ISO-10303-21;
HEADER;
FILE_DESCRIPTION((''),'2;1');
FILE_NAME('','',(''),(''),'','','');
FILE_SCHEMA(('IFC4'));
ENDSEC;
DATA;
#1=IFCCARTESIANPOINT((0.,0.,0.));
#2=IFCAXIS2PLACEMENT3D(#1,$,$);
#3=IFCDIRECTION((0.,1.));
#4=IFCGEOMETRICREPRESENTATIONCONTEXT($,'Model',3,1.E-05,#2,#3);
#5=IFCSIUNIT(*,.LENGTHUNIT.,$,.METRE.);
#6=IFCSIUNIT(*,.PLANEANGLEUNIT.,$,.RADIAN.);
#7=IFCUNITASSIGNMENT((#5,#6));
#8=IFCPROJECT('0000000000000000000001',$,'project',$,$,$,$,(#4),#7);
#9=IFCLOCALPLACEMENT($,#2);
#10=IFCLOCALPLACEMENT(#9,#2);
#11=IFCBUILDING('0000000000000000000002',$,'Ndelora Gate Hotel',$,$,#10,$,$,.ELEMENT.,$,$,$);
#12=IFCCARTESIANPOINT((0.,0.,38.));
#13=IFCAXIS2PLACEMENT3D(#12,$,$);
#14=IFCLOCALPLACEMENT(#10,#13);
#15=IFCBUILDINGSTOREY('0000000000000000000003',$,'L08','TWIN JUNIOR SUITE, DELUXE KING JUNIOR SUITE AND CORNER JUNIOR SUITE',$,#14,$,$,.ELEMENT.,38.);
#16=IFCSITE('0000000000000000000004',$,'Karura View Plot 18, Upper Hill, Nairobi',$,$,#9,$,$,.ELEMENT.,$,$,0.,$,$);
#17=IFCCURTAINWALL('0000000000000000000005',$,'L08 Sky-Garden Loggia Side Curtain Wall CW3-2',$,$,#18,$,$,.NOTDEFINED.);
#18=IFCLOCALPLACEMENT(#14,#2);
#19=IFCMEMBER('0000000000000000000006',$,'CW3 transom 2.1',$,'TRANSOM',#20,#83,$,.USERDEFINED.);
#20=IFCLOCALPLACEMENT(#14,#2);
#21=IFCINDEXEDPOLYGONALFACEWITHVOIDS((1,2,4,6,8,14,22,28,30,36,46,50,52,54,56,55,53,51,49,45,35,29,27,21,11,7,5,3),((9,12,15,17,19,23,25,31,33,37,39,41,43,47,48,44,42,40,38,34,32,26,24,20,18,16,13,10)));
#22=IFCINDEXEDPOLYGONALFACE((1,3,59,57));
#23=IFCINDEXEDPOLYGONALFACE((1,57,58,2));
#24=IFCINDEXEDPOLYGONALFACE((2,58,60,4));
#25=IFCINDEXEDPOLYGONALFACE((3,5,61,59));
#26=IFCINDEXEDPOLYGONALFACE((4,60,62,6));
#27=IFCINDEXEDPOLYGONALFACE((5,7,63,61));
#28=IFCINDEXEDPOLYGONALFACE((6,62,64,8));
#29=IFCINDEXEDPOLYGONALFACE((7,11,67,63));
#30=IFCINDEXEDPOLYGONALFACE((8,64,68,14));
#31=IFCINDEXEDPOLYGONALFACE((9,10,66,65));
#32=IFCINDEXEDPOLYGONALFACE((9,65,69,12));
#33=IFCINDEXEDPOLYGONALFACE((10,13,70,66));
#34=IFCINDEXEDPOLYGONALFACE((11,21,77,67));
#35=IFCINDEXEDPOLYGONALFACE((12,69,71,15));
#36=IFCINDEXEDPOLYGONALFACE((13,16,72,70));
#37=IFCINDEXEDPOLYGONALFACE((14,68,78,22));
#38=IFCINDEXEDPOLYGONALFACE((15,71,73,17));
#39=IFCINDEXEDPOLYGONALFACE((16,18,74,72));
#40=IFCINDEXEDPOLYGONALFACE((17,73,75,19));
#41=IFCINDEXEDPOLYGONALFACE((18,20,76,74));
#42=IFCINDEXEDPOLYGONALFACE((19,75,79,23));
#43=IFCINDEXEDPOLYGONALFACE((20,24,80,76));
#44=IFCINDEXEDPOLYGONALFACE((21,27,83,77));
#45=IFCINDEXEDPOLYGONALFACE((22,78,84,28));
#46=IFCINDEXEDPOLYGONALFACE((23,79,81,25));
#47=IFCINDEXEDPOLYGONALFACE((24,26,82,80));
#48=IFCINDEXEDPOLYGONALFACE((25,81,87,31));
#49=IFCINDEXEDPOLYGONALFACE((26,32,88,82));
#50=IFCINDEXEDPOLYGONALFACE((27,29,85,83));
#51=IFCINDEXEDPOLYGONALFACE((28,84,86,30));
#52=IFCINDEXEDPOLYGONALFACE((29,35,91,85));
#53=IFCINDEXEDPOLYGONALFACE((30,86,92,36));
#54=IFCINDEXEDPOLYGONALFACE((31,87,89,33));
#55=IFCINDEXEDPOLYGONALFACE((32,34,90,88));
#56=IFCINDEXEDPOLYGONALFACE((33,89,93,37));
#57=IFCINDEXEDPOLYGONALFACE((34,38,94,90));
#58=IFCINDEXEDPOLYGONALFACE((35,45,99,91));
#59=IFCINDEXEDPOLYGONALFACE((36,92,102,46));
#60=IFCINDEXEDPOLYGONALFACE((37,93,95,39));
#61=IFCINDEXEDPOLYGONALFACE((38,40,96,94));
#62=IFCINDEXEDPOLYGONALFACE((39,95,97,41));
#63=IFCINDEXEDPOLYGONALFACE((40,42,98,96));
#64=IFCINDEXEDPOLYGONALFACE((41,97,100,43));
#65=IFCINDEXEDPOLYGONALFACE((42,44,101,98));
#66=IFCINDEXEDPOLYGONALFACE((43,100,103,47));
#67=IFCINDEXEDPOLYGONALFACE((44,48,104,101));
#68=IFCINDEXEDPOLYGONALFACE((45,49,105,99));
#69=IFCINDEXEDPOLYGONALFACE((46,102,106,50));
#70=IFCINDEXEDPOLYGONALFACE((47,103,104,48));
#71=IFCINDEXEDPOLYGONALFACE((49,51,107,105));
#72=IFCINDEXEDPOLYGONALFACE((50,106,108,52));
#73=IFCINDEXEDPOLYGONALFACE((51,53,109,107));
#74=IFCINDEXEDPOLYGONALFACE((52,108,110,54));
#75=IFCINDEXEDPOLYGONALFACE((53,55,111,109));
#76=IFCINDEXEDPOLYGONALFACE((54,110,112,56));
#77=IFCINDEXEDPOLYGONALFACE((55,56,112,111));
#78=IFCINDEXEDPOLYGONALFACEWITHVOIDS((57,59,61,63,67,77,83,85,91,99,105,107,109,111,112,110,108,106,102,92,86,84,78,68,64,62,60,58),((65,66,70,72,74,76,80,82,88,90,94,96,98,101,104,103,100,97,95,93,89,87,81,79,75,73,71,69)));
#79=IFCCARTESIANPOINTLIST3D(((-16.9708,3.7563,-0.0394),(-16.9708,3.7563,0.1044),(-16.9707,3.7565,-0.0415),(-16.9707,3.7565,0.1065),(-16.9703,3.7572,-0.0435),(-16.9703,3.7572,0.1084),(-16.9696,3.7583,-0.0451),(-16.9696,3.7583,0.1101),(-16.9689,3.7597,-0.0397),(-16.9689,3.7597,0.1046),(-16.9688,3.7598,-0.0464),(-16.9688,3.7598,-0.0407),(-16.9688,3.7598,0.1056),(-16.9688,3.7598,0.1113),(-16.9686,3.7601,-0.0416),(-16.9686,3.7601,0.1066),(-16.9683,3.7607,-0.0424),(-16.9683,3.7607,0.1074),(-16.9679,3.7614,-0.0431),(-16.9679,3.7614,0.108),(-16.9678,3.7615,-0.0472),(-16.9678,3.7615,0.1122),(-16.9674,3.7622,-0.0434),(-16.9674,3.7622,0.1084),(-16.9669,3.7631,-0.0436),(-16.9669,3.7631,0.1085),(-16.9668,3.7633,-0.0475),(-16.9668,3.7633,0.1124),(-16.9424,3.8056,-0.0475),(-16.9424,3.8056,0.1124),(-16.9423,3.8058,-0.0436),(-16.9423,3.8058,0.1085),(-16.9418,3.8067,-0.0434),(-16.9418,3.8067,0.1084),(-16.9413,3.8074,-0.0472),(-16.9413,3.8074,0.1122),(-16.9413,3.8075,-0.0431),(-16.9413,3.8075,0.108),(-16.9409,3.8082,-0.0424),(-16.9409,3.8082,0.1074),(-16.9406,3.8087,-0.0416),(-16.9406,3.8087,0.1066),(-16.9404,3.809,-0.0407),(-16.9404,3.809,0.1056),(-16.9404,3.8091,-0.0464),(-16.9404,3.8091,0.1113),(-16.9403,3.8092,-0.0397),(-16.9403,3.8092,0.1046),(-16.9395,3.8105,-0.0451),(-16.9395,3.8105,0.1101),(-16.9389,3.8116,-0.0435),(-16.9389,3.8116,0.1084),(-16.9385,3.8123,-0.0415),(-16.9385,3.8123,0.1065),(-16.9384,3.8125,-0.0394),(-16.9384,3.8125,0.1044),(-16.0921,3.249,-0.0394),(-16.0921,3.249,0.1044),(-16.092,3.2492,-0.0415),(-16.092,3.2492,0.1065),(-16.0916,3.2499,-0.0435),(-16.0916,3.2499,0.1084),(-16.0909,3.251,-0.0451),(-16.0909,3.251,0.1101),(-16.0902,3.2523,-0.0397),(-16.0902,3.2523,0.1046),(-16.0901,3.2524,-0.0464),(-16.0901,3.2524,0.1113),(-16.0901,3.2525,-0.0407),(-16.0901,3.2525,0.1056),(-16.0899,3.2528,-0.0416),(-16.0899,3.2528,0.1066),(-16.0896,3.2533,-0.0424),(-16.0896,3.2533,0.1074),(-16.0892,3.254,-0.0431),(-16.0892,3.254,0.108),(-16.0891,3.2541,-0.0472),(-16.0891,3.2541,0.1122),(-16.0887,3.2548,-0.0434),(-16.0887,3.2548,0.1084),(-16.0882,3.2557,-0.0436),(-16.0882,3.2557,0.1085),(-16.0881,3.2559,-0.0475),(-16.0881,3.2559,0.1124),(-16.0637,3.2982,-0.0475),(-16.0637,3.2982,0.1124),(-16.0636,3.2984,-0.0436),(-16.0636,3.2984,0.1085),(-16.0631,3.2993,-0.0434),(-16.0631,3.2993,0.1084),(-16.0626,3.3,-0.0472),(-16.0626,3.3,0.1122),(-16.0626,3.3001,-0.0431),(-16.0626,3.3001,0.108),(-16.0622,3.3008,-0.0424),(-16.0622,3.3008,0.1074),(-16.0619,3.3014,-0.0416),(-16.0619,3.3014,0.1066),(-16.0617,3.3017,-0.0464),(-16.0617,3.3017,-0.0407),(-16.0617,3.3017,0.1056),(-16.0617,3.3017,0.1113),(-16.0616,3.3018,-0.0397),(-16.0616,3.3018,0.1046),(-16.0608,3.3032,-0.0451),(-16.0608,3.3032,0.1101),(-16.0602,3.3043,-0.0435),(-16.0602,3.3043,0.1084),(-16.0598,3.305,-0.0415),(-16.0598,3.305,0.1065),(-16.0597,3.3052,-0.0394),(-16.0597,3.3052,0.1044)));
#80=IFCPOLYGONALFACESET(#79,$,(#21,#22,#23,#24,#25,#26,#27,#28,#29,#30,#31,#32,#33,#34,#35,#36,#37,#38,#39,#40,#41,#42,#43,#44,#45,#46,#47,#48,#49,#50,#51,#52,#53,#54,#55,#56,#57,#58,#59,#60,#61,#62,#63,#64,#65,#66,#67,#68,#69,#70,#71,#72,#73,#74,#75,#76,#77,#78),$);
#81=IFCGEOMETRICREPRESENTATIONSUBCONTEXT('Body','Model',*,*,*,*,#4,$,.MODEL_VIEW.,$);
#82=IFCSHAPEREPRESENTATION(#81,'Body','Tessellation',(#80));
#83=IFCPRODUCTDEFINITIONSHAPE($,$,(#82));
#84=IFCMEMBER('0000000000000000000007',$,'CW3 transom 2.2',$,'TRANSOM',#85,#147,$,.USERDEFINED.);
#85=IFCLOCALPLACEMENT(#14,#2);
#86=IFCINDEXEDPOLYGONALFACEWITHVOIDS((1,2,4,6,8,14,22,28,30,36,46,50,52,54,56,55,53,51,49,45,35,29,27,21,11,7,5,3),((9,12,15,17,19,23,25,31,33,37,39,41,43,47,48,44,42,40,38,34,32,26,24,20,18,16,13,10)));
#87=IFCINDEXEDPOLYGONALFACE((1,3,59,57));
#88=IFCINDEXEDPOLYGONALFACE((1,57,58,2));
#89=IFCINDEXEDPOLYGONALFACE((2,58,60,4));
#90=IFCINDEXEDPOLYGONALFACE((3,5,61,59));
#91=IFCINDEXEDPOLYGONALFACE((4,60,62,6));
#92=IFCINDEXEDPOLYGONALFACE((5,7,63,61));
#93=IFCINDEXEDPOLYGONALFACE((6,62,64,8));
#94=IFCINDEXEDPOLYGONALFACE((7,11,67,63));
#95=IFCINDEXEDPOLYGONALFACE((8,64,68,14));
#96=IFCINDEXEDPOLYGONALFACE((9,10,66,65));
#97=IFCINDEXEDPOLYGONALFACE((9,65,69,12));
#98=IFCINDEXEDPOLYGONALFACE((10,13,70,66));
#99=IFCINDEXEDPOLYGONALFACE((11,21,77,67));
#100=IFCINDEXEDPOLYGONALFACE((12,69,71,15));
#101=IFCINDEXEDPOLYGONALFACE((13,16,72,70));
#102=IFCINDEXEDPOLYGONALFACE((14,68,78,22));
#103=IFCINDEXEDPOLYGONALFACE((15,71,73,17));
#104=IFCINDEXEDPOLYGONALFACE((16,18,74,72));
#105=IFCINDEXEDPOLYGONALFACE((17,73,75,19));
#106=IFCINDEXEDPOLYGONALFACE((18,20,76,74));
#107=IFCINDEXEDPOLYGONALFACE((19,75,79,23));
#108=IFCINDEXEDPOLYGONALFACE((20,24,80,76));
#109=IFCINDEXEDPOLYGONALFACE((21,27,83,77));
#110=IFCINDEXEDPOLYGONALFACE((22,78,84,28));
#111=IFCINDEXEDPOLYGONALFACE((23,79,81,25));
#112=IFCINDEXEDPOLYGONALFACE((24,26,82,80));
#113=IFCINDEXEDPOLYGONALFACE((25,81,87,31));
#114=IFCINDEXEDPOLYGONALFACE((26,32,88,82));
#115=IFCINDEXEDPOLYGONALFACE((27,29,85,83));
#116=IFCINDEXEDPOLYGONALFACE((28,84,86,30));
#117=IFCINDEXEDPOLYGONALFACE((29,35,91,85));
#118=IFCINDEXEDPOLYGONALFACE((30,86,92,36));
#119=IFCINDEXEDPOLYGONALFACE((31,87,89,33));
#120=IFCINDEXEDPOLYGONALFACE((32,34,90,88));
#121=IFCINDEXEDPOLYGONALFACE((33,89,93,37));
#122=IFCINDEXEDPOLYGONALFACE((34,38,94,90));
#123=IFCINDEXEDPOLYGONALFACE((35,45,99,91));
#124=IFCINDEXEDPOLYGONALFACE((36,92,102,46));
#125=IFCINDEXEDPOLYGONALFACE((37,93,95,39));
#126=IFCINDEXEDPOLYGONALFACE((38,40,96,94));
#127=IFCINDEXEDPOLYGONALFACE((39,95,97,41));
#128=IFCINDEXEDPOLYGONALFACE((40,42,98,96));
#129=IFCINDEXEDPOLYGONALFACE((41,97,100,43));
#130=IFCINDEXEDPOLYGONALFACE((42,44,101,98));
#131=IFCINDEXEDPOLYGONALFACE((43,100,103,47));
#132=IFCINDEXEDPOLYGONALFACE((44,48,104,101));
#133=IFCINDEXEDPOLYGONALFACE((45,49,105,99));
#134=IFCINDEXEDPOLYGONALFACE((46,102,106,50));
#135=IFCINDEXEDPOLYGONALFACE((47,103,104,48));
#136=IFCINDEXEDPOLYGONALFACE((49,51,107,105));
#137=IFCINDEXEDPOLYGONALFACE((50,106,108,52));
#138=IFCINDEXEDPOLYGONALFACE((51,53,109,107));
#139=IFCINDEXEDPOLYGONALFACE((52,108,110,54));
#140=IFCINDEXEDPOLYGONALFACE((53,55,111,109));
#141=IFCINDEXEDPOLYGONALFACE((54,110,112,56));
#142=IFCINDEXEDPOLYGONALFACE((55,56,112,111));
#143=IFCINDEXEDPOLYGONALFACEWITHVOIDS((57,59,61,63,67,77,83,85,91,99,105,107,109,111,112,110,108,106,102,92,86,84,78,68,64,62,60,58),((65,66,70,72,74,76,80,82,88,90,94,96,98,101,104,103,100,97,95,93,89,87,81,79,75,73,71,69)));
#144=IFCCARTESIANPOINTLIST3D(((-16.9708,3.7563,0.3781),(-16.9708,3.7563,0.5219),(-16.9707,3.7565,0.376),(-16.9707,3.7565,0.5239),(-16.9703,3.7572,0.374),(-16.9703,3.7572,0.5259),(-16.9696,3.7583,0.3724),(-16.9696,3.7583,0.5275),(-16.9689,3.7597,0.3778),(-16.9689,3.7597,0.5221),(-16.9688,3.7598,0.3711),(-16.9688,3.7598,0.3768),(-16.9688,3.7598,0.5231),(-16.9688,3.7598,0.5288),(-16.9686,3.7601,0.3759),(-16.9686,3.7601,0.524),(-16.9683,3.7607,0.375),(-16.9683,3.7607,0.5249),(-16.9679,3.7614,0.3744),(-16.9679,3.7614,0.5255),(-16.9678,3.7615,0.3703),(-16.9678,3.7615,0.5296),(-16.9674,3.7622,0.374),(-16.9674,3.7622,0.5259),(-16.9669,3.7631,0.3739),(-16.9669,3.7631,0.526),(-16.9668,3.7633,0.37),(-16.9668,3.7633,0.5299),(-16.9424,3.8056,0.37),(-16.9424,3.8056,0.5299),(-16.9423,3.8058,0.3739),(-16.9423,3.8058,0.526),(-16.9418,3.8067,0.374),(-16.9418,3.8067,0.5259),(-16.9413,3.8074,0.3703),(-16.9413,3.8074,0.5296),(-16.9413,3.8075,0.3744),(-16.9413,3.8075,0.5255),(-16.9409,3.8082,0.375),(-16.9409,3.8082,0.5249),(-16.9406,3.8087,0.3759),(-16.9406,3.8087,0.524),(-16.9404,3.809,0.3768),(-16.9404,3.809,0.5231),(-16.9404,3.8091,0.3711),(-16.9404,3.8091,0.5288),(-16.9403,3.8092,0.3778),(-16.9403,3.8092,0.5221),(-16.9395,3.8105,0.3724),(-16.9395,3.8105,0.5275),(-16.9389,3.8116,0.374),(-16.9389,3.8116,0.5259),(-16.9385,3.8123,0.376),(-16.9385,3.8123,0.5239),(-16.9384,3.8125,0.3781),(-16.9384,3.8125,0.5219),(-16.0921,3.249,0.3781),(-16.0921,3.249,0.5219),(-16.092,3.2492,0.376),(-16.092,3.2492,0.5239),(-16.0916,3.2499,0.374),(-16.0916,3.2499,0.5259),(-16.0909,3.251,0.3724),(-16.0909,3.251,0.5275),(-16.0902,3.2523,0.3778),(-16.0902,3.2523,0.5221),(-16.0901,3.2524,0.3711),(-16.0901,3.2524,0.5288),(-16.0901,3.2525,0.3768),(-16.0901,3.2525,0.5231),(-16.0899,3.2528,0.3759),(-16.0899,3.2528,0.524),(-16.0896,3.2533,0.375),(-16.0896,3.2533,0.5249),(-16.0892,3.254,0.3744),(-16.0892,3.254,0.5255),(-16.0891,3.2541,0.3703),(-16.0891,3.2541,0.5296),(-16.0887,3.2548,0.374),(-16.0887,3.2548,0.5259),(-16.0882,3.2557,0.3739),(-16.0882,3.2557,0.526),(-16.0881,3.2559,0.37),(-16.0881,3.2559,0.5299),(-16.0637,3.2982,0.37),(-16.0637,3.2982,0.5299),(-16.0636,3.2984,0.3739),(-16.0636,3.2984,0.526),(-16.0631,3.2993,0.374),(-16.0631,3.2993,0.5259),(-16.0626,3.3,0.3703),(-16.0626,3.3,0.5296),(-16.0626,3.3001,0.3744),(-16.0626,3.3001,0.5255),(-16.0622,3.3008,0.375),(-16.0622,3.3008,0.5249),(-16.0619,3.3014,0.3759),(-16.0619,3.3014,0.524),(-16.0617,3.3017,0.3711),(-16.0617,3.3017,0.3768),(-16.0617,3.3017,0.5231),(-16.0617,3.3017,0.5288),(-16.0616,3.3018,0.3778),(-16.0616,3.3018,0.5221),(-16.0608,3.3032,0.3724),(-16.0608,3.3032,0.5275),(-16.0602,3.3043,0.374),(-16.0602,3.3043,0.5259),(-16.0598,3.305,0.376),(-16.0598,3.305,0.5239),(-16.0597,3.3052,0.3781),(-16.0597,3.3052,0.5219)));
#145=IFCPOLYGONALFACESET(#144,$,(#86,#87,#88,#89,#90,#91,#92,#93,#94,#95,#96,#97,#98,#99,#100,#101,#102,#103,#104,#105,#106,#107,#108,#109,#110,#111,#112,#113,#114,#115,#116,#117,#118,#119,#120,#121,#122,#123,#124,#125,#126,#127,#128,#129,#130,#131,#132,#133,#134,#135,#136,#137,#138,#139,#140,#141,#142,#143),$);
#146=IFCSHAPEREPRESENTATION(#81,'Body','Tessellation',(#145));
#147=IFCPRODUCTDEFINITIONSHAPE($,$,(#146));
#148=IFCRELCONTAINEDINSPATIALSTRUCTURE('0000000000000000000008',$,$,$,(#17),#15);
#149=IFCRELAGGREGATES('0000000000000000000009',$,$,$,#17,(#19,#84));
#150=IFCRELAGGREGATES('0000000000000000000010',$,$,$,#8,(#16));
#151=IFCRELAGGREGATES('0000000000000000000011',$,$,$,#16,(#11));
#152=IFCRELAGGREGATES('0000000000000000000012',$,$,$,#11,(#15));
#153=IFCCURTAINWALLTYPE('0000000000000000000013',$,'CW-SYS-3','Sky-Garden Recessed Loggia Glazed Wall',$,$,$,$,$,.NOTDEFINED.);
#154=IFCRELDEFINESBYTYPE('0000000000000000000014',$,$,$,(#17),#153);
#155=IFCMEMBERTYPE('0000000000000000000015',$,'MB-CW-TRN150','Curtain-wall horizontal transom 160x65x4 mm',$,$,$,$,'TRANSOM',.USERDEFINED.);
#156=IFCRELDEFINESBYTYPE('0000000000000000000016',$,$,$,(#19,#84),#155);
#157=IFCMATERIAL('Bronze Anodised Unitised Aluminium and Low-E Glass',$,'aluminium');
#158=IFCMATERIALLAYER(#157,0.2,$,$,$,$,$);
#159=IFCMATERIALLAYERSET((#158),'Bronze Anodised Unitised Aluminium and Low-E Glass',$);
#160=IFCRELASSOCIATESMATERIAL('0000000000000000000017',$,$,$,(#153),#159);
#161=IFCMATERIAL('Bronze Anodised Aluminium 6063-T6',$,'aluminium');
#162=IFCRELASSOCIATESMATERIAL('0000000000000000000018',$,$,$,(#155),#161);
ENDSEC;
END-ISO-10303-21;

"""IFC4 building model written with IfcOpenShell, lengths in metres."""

from ifc_helpers import new_model, si_unit, direction, frame, origin, origin_2d, place, context, subcontext, project, spatial, hollow_rectangle, extrude, material, layer, layer_set, material_profile, profile_set, type_object, element, aggregate, save


model = new_model("IFC4")

# Units and contexts
model_context = context("Model", 3, precision=1e-05, world=origin(), true_north=direction((0.0, 1.0)))
body_context = subcontext(model_context, "Body", "Model", "MODEL_VIEW")
ifc_project = project(units=[si_unit("LENGTHUNIT", "METRE"), si_unit("PLANEANGLEUNIT", "RADIAN")], contexts=[model_context])

# Site, building, storey
site_placement = place(None, origin())
site = spatial("IfcSite", under=ifc_project, at=site_placement, Name="Karura View Plot 18, Upper Hill, Nairobi", CompositionType="ELEMENT", RefElevation=0.0)
building_placement = place(site_placement, origin())
building = spatial("IfcBuilding", under=site, at=building_placement, Name="Ndelora Gate Hotel", CompositionType="ELEMENT")
storey_placement = place(building_placement, frame((0.0, 0.0, 38.0)))
storey = spatial("IfcBuildingStorey", under=building, at=storey_placement, Name="L08", Description="TWIN JUNIOR SUITE, DELUXE KING JUNIOR SUITE AND CORNER JUNIOR SUITE", CompositionType="ELEMENT", Elevation=38.0)

# Curtain wall, members
ifc_material_1 = material(Name="Bronze Anodised Unitised Aluminium and Low-E Glass", Category="aluminium")
ifc_layer_1 = layer(ifc_material_1, 0.2)
ifc_layer_set_1 = layer_set([ifc_layer_1], Name="Bronze Anodised Unitised Aluminium and Low-E Glass")
curtain_wall_type = type_object("IfcCurtainWallType", Name="CW-SYS-3", Description="Sky-Garden Recessed Loggia Glazed Wall", PredefinedType="NOTDEFINED", material=ifc_layer_set_1)
curtain_wall_placement = place(storey_placement, origin())
curtain_wall = element("IfcCurtainWall", 1, at=curtain_wall_placement, inside=storey, type_object=curtain_wall_type, Name="L08 Sky-Garden Loggia Side Curtain Wall CW3-2", PredefinedType="NOTDEFINED")
ifc_material_2 = material(Name="Bronze Anodised Aluminium 6063-T6", Category="aluminium")
ifc_material_profile_1 = material_profile(ifc_material_2, hollow_rectangle(XDim=0.0649, YDim=0.1599, WallThickness=0.0039, InnerFilletRadius=0.0039, OuterFilletRadius=0.0081, at=origin_2d()), Name="ALU 160x65x4")
ifc_profile_set_1 = profile_set([ifc_material_profile_1], Name="Bronze Anodised Aluminium 6063-T6")
member_type_1 = type_object("IfcMemberType", Name="MB-CW-TRN150", Description="Curtain-wall horizontal transom 160x65x4 mm", ElementType="TRANSOM", PredefinedType="USERDEFINED", material=ifc_profile_set_1)
member_1_placement = place(storey_placement, frame((-16.9546, 3.7844, 0.0325), z_axis=(0.866013, -0.500021, 0.0), x_axis=(0.500021, 0.866013, 0.0)))
member_1 = element("IfcMember", 2, at=member_1_placement, type_object=member_type_1, Name="CW3 transom 2.1", ObjectType="TRANSOM", PredefinedType="USERDEFINED", context=body_context, shape_type="SweptSolid", body=[
    extrude(hollow_rectangle(XDim=0.0649, YDim=0.1599, WallThickness=0.0039, InnerFilletRadius=0.0039, OuterFilletRadius=0.0081, at=origin_2d()), origin(), (0.0, 0.0, 1.0), 1.0146),
])
member_2_placement = place(storey_placement, frame((-16.9546, 3.7844, 0.45), z_axis=(0.866013, -0.500021, 0.0), x_axis=(0.500021, 0.866013, 0.0)))
member_2 = element("IfcMember", 3, at=member_2_placement, type_object=member_type_1, Name="CW3 transom 2.2", ObjectType="TRANSOM", PredefinedType="USERDEFINED", context=body_context, shape_type="SweptSolid", body=[
    extrude(hollow_rectangle(XDim=0.0649, YDim=0.1599, WallThickness=0.0039, InnerFilletRadius=0.0039, OuterFilletRadius=0.0081, at=origin_2d()), origin(), (0.0, 0.0, 1.0), 1.0146),
])
aggregate(curtain_wall, [member_1, member_2])

save(model, "model.ifc")
